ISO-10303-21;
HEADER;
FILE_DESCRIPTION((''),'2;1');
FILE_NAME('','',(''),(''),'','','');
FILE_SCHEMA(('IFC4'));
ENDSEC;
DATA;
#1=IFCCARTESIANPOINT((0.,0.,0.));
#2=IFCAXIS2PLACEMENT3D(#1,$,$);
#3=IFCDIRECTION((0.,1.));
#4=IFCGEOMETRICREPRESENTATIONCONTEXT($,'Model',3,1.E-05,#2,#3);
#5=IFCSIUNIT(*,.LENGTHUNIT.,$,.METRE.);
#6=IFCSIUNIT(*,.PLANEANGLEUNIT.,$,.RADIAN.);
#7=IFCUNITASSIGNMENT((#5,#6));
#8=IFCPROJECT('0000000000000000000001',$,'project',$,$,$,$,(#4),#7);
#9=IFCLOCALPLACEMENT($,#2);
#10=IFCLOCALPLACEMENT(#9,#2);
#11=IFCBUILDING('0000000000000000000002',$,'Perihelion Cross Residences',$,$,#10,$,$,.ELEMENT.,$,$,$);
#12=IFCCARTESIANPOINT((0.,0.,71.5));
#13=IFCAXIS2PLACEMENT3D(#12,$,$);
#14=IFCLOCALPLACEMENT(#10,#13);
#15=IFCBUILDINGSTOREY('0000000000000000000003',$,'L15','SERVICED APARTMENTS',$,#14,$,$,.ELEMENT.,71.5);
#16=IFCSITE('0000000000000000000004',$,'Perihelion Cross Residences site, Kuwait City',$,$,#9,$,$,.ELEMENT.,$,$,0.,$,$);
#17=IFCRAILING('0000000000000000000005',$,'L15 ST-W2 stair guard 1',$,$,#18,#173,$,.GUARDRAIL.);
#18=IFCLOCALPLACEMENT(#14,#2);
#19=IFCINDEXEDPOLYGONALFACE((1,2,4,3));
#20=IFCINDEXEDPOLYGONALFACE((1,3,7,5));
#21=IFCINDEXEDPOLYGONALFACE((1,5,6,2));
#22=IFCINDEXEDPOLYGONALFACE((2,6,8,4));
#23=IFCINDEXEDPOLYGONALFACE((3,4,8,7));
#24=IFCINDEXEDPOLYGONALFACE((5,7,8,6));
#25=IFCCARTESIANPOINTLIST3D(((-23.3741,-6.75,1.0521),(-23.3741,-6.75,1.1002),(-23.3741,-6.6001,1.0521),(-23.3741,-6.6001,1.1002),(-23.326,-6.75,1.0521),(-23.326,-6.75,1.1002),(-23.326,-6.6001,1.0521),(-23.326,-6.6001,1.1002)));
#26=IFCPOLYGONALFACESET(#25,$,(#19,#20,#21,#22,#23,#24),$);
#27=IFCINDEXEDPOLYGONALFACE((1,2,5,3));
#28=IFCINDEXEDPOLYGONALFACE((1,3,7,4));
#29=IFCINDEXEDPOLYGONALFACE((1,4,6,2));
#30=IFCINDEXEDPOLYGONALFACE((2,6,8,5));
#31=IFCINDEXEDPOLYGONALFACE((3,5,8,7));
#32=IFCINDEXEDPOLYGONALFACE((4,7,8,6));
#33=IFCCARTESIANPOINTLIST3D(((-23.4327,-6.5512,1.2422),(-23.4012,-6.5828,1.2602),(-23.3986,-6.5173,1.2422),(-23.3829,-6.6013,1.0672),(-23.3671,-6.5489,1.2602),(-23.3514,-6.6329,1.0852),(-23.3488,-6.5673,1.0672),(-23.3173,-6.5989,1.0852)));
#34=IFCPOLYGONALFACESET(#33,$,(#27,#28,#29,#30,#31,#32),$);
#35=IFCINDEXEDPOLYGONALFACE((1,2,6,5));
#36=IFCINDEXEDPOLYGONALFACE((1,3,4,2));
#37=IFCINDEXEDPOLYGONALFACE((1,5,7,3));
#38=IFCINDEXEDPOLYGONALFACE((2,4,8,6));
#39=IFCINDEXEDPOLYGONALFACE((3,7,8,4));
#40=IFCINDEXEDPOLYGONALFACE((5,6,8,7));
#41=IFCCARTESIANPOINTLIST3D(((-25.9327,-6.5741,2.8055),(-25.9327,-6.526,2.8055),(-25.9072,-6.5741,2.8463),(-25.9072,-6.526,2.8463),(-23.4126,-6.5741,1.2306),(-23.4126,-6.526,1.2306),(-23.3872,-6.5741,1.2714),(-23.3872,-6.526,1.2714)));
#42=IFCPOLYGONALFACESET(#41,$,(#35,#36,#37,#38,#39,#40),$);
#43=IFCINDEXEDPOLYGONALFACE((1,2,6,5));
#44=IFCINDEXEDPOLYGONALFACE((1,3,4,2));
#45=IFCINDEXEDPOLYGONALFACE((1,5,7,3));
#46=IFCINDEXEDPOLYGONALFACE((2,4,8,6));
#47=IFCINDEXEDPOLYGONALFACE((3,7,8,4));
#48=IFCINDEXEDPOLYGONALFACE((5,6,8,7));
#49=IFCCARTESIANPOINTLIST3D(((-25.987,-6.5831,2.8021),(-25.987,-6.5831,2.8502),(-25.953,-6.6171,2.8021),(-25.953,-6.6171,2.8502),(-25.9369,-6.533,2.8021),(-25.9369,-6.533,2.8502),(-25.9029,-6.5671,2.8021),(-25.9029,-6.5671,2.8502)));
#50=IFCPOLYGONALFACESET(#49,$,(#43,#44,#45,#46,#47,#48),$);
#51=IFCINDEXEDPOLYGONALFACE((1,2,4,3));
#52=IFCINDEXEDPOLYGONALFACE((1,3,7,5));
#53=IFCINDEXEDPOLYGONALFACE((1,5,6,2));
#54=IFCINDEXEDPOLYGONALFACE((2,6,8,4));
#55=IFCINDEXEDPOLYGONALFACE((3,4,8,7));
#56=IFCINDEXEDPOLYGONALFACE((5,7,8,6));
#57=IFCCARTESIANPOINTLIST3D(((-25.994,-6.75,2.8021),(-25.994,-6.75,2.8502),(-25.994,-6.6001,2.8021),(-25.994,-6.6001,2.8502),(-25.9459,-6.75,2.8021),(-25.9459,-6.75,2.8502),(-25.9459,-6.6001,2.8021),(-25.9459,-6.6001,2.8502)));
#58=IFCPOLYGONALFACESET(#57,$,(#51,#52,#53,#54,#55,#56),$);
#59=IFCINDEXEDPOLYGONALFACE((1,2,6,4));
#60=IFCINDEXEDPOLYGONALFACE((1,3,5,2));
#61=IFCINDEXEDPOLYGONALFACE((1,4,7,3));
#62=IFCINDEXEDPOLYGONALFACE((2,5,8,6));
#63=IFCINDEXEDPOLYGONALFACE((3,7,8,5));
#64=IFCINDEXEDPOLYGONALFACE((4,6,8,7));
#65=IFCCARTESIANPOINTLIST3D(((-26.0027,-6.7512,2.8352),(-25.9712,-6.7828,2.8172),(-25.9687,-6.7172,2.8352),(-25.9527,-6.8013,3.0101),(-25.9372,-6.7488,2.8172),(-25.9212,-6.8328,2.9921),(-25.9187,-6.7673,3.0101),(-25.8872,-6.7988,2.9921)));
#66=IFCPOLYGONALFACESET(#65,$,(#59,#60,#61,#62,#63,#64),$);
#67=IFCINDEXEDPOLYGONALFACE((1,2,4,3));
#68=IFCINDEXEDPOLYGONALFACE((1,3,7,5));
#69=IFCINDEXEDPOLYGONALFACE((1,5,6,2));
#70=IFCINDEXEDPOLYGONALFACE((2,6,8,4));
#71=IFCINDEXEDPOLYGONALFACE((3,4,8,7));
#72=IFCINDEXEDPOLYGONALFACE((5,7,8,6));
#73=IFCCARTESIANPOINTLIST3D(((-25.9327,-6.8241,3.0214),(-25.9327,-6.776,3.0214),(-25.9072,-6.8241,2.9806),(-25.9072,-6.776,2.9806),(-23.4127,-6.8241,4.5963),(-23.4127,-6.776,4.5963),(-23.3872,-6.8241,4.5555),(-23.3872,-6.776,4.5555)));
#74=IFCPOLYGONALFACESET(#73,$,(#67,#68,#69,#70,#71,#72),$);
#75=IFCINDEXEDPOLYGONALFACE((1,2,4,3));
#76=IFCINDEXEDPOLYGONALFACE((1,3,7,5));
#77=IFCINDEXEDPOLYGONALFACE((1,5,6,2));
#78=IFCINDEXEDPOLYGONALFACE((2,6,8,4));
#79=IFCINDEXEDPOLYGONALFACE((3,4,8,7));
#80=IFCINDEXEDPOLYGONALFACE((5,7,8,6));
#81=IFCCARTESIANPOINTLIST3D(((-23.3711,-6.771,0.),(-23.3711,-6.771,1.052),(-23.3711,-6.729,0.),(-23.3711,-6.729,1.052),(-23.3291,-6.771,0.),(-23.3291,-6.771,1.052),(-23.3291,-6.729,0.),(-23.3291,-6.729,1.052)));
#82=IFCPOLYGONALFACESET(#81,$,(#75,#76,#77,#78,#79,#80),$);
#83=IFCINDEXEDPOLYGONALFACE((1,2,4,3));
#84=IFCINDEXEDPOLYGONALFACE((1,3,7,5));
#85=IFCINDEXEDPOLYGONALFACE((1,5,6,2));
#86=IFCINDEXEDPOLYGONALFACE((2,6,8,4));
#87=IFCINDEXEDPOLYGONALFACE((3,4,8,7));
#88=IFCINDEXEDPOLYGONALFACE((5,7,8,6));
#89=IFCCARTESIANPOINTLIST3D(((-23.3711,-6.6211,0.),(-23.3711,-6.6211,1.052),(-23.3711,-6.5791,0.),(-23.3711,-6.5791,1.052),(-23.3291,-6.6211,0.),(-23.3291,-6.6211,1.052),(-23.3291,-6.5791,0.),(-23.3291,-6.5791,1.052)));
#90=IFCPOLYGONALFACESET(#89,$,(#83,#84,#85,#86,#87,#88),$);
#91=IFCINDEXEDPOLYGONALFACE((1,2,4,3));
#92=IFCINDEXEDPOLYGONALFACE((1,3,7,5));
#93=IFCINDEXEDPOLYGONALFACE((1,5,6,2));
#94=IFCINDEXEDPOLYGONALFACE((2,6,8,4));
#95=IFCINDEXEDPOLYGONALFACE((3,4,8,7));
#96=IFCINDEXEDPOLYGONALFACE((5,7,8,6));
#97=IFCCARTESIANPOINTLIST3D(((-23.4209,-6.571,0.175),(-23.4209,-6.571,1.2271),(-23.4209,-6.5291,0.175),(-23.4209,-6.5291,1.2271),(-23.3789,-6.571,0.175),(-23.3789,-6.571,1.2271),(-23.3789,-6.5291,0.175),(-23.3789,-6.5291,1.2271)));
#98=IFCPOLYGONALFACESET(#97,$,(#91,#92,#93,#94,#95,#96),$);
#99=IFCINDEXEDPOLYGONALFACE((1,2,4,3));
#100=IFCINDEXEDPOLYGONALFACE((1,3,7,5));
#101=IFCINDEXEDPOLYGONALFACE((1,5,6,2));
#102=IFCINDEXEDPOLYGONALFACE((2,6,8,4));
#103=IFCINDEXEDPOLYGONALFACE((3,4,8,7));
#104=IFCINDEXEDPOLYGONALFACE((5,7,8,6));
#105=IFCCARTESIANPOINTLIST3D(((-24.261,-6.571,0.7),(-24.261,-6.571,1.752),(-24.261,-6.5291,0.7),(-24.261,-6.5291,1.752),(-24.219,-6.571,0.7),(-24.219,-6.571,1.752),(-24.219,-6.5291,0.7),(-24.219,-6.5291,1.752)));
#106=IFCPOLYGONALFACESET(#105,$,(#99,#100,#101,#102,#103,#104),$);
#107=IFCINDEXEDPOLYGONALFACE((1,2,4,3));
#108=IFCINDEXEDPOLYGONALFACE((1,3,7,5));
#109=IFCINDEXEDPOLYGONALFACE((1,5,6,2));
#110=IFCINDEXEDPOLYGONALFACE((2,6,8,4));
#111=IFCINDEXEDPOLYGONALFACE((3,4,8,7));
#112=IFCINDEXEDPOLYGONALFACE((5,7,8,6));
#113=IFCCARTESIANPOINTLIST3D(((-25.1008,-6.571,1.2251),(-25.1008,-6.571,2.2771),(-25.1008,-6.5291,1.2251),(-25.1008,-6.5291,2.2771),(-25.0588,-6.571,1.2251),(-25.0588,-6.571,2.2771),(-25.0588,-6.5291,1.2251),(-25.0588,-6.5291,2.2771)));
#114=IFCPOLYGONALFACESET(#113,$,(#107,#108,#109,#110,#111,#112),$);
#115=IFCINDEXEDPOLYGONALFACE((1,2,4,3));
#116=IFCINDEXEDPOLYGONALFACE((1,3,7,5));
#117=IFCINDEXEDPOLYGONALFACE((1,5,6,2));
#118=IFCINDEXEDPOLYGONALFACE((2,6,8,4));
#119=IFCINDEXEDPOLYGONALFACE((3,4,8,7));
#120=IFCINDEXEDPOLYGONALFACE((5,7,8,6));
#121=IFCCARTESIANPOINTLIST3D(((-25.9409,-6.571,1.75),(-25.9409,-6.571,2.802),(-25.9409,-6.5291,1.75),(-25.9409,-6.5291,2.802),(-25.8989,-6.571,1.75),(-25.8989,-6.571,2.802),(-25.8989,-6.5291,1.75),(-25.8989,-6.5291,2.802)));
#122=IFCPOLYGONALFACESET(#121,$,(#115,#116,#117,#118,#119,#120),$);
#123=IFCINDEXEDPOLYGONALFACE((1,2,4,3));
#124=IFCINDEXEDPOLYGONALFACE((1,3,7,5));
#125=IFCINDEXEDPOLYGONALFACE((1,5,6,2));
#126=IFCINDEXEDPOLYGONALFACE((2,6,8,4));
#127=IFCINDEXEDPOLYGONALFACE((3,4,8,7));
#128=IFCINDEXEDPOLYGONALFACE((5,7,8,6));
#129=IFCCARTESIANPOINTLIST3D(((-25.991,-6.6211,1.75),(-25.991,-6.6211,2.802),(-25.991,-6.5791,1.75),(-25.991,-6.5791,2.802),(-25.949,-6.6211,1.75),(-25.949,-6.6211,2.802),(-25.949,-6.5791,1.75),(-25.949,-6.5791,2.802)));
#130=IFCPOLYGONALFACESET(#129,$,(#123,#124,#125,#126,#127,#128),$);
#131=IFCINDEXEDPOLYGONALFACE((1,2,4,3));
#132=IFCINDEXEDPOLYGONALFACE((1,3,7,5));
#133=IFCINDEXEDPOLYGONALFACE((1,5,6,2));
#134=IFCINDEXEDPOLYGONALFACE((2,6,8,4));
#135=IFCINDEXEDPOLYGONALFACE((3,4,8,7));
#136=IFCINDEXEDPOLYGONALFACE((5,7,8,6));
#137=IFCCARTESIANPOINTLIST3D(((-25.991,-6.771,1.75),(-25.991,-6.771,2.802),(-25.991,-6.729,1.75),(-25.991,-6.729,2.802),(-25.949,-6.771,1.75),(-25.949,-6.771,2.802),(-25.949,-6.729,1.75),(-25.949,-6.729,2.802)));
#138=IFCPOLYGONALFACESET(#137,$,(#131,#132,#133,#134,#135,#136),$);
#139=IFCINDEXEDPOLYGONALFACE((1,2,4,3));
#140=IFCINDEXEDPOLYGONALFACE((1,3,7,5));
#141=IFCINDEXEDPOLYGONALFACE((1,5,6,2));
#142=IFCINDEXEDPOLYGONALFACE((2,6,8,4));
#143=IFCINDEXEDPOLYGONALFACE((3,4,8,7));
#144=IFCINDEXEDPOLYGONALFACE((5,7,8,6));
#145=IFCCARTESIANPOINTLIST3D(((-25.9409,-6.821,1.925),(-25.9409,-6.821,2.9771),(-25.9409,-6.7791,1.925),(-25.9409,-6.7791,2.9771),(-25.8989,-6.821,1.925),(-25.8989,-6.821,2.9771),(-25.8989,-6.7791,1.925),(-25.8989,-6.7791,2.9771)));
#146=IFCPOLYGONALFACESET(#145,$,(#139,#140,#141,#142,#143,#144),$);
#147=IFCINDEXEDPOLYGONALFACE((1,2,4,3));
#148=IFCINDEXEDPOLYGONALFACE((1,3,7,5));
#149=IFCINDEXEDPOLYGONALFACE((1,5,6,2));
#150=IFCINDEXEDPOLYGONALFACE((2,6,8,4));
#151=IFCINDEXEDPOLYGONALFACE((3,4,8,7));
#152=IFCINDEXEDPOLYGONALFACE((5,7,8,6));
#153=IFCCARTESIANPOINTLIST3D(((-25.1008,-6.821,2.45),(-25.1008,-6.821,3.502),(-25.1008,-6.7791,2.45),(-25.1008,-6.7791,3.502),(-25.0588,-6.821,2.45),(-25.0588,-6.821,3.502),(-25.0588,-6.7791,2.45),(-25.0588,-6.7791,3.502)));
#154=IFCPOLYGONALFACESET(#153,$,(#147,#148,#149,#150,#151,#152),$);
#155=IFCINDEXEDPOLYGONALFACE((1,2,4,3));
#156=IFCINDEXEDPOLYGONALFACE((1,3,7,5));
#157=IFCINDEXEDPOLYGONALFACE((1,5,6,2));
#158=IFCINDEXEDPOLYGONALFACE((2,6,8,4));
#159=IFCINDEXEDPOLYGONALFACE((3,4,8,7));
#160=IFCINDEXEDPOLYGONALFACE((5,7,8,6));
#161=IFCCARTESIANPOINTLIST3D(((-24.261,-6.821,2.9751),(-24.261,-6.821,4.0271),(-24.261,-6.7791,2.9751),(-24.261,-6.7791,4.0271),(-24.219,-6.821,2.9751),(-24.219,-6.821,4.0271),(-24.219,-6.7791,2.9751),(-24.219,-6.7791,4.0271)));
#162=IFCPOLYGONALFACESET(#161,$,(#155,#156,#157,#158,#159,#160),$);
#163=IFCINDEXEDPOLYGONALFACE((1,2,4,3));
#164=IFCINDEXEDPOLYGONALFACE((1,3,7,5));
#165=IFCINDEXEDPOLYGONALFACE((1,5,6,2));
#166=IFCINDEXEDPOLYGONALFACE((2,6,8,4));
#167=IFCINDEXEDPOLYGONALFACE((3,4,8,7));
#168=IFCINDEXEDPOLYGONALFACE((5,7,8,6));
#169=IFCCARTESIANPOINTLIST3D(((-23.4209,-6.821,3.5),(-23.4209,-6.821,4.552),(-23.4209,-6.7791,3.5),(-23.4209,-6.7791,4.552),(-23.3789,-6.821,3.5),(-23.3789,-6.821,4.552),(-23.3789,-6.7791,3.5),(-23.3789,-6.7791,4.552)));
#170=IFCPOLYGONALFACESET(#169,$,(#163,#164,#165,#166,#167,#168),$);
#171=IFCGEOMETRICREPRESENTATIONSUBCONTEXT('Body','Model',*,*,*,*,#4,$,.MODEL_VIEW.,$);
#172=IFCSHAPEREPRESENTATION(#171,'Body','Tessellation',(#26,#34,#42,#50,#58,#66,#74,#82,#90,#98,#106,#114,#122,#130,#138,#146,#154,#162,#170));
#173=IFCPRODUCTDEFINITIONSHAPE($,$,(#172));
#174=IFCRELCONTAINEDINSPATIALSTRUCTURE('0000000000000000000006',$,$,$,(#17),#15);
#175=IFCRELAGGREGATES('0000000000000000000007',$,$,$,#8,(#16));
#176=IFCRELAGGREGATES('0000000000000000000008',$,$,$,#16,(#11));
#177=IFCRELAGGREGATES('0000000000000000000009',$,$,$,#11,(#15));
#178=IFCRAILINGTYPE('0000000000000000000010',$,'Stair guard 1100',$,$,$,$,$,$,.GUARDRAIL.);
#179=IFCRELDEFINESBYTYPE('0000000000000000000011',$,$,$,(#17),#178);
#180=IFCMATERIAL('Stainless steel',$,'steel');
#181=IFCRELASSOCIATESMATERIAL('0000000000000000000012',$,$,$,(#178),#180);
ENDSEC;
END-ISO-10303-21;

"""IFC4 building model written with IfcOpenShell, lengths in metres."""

from ifc_helpers import new_model, si_unit, direction, frame, origin, origin_2d, place, context, subcontext, project, spatial, rectangle, extrude, material, type_object, element, save


model = new_model("IFC4")

# Units and contexts
model_context = context("Model", 3, precision=1e-05, world=origin(), true_north=direction((0.0, 1.0)))
body_context = subcontext(model_context, "Body", "Model", "MODEL_VIEW")
ifc_project = project(units=[si_unit("LENGTHUNIT", "METRE"), si_unit("PLANEANGLEUNIT", "RADIAN")], contexts=[model_context])

# Site, building, storey
site_placement = place(None, origin())
site = spatial("IfcSite", under=ifc_project, at=site_placement, Name="Perihelion Cross Residences site, Kuwait City", CompositionType="ELEMENT", RefElevation=0.0)
building_placement = place(site_placement, origin())
building = spatial("IfcBuilding", under=site, at=building_placement, Name="Perihelion Cross Residences", CompositionType="ELEMENT")
storey_placement = place(building_placement, frame((0.0, 0.0, 71.5)))
storey = spatial("IfcBuildingStorey", under=building, at=storey_placement, Name="L15", Description="SERVICED APARTMENTS", CompositionType="ELEMENT", Elevation=71.5)

# Railing
ifc_material_1 = material(Name="Stainless steel", Category="steel")
railing_type_1 = type_object("IfcRailingType", Name="Stair guard 1100", PredefinedType="GUARDRAIL", material=ifc_material_1)
railing_1_placement = place(storey_placement, frame((-23.3501, -6.75, 0.0)))
element("IfcRailing", 1, at=railing_1_placement, inside=storey, type_object=railing_type_1, Name="L15 ST-W2 stair guard 1", PredefinedType="GUARDRAIL", context=body_context, shape_type="SweptSolid", body=[
    extrude(rectangle(XDim=0.0481, YDim=0.0481, at=origin_2d()), frame((0.0, 0.0, 1.0762), z_axis=(0.0, 1.0, 0.0), x_axis=(-1.0, 0.0, 0.0)), (0.0, 0.0, 1.0), 0.1499),
    extrude(rectangle(XDim=0.0481, YDim=0.0481, at=origin_2d()), frame((0.0, 0.1499, 1.0762), z_axis=(-0.263862, 0.265156, 0.927399), x_axis=(-0.708834, -0.705376, 0.0)), (0.0, 0.0, 1.0), 0.1887),
    extrude(rectangle(XDim=0.0481, YDim=0.0481, at=origin_2d()), frame((-0.0498, 0.2, 1.251), z_axis=(-0.848008, 0.0, 0.529984), x_axis=(0.0, -1.0, 0.0)), (0.0, 0.0, 1.0), 2.9717),
    extrude(rectangle(XDim=0.0481, YDim=0.0481, at=origin_2d()), frame((-2.5698, 0.2, 2.8262), z_axis=(-0.707107, -0.707107, 0.0), x_axis=(0.707107, -0.707107, 0.0)), (0.0, 0.0, 1.0), 0.0708),
    extrude(rectangle(XDim=0.0481, YDim=0.0481, at=origin_2d()), frame((-2.6199, 0.1499, 2.8262), z_axis=(0.0, -1.0, 0.0), x_axis=(1.0, 0.0, 0.0)), (0.0, 0.0, 1.0), 0.1499),
    extrude(rectangle(XDim=0.0481, YDim=0.0481, at=origin_2d()), frame((-2.6199, 0.0, 2.8262), z_axis=(0.265065, -0.265065, 0.927082), x_axis=(0.707107, 0.707107, 0.0)), (0.0, 0.0, 1.0), 0.1887),
    extrude(rectangle(XDim=0.0481, YDim=0.0481, at=origin_2d()), frame((-2.5698, -0.05, 3.001), z_axis=(0.848008, 0.0, 0.529984), x_axis=(0.0, 1.0, 0.0)), (0.0, 0.0, 1.0), 2.9717),
    extrude(rectangle(XDim=0.042, YDim=0.042, at=origin_2d()), origin(), (0.0, 0.0, 1.0), 1.052),
    extrude(rectangle(XDim=0.042, YDim=0.042, at=origin_2d()), frame((0.0, 0.1499, 0.0)), (0.0, 0.0, 1.0), 1.052),
    extrude(rectangle(XDim=0.042, YDim=0.042, at=origin_2d()), frame((-0.0498, 0.2, 0.175)), (0.0, 0.0, 1.0), 1.052),
    extrude(rectangle(XDim=0.042, YDim=0.042, at=origin_2d()), frame((-0.8899, 0.2, 0.7)), (0.0, 0.0, 1.0), 1.052),
    extrude(rectangle(XDim=0.042, YDim=0.042, at=origin_2d()), frame((-1.7297, 0.2, 1.2251)), (0.0, 0.0, 1.0), 1.052),
    extrude(rectangle(XDim=0.042, YDim=0.042, at=origin_2d()), frame((-2.5698, 0.2, 1.75)), (0.0, 0.0, 1.0), 1.052),
    extrude(rectangle(XDim=0.042, YDim=0.042, at=origin_2d()), frame((-2.6199, 0.1499, 1.75)), (0.0, 0.0, 1.0), 1.052),
    extrude(rectangle(XDim=0.042, YDim=0.042, at=origin_2d()), frame((-2.6199, 0.0, 1.75)), (0.0, 0.0, 1.0), 1.052),
    extrude(rectangle(XDim=0.042, YDim=0.042, at=origin_2d()), frame((-2.5698, -0.05, 1.925)), (0.0, 0.0, 1.0), 1.052),
    extrude(rectangle(XDim=0.042, YDim=0.042, at=origin_2d()), frame((-1.7297, -0.05, 2.45)), (0.0, 0.0, 1.0), 1.052),
    extrude(rectangle(XDim=0.042, YDim=0.042, at=origin_2d()), frame((-0.8899, -0.05, 2.9751)), (0.0, 0.0, 1.0), 1.052),
    extrude(rectangle(XDim=0.042, YDim=0.042, at=origin_2d()), frame((-0.0498, -0.05, 3.5)), (0.0, 0.0, 1.0), 1.052),
])

save(model, "model.ifc")
